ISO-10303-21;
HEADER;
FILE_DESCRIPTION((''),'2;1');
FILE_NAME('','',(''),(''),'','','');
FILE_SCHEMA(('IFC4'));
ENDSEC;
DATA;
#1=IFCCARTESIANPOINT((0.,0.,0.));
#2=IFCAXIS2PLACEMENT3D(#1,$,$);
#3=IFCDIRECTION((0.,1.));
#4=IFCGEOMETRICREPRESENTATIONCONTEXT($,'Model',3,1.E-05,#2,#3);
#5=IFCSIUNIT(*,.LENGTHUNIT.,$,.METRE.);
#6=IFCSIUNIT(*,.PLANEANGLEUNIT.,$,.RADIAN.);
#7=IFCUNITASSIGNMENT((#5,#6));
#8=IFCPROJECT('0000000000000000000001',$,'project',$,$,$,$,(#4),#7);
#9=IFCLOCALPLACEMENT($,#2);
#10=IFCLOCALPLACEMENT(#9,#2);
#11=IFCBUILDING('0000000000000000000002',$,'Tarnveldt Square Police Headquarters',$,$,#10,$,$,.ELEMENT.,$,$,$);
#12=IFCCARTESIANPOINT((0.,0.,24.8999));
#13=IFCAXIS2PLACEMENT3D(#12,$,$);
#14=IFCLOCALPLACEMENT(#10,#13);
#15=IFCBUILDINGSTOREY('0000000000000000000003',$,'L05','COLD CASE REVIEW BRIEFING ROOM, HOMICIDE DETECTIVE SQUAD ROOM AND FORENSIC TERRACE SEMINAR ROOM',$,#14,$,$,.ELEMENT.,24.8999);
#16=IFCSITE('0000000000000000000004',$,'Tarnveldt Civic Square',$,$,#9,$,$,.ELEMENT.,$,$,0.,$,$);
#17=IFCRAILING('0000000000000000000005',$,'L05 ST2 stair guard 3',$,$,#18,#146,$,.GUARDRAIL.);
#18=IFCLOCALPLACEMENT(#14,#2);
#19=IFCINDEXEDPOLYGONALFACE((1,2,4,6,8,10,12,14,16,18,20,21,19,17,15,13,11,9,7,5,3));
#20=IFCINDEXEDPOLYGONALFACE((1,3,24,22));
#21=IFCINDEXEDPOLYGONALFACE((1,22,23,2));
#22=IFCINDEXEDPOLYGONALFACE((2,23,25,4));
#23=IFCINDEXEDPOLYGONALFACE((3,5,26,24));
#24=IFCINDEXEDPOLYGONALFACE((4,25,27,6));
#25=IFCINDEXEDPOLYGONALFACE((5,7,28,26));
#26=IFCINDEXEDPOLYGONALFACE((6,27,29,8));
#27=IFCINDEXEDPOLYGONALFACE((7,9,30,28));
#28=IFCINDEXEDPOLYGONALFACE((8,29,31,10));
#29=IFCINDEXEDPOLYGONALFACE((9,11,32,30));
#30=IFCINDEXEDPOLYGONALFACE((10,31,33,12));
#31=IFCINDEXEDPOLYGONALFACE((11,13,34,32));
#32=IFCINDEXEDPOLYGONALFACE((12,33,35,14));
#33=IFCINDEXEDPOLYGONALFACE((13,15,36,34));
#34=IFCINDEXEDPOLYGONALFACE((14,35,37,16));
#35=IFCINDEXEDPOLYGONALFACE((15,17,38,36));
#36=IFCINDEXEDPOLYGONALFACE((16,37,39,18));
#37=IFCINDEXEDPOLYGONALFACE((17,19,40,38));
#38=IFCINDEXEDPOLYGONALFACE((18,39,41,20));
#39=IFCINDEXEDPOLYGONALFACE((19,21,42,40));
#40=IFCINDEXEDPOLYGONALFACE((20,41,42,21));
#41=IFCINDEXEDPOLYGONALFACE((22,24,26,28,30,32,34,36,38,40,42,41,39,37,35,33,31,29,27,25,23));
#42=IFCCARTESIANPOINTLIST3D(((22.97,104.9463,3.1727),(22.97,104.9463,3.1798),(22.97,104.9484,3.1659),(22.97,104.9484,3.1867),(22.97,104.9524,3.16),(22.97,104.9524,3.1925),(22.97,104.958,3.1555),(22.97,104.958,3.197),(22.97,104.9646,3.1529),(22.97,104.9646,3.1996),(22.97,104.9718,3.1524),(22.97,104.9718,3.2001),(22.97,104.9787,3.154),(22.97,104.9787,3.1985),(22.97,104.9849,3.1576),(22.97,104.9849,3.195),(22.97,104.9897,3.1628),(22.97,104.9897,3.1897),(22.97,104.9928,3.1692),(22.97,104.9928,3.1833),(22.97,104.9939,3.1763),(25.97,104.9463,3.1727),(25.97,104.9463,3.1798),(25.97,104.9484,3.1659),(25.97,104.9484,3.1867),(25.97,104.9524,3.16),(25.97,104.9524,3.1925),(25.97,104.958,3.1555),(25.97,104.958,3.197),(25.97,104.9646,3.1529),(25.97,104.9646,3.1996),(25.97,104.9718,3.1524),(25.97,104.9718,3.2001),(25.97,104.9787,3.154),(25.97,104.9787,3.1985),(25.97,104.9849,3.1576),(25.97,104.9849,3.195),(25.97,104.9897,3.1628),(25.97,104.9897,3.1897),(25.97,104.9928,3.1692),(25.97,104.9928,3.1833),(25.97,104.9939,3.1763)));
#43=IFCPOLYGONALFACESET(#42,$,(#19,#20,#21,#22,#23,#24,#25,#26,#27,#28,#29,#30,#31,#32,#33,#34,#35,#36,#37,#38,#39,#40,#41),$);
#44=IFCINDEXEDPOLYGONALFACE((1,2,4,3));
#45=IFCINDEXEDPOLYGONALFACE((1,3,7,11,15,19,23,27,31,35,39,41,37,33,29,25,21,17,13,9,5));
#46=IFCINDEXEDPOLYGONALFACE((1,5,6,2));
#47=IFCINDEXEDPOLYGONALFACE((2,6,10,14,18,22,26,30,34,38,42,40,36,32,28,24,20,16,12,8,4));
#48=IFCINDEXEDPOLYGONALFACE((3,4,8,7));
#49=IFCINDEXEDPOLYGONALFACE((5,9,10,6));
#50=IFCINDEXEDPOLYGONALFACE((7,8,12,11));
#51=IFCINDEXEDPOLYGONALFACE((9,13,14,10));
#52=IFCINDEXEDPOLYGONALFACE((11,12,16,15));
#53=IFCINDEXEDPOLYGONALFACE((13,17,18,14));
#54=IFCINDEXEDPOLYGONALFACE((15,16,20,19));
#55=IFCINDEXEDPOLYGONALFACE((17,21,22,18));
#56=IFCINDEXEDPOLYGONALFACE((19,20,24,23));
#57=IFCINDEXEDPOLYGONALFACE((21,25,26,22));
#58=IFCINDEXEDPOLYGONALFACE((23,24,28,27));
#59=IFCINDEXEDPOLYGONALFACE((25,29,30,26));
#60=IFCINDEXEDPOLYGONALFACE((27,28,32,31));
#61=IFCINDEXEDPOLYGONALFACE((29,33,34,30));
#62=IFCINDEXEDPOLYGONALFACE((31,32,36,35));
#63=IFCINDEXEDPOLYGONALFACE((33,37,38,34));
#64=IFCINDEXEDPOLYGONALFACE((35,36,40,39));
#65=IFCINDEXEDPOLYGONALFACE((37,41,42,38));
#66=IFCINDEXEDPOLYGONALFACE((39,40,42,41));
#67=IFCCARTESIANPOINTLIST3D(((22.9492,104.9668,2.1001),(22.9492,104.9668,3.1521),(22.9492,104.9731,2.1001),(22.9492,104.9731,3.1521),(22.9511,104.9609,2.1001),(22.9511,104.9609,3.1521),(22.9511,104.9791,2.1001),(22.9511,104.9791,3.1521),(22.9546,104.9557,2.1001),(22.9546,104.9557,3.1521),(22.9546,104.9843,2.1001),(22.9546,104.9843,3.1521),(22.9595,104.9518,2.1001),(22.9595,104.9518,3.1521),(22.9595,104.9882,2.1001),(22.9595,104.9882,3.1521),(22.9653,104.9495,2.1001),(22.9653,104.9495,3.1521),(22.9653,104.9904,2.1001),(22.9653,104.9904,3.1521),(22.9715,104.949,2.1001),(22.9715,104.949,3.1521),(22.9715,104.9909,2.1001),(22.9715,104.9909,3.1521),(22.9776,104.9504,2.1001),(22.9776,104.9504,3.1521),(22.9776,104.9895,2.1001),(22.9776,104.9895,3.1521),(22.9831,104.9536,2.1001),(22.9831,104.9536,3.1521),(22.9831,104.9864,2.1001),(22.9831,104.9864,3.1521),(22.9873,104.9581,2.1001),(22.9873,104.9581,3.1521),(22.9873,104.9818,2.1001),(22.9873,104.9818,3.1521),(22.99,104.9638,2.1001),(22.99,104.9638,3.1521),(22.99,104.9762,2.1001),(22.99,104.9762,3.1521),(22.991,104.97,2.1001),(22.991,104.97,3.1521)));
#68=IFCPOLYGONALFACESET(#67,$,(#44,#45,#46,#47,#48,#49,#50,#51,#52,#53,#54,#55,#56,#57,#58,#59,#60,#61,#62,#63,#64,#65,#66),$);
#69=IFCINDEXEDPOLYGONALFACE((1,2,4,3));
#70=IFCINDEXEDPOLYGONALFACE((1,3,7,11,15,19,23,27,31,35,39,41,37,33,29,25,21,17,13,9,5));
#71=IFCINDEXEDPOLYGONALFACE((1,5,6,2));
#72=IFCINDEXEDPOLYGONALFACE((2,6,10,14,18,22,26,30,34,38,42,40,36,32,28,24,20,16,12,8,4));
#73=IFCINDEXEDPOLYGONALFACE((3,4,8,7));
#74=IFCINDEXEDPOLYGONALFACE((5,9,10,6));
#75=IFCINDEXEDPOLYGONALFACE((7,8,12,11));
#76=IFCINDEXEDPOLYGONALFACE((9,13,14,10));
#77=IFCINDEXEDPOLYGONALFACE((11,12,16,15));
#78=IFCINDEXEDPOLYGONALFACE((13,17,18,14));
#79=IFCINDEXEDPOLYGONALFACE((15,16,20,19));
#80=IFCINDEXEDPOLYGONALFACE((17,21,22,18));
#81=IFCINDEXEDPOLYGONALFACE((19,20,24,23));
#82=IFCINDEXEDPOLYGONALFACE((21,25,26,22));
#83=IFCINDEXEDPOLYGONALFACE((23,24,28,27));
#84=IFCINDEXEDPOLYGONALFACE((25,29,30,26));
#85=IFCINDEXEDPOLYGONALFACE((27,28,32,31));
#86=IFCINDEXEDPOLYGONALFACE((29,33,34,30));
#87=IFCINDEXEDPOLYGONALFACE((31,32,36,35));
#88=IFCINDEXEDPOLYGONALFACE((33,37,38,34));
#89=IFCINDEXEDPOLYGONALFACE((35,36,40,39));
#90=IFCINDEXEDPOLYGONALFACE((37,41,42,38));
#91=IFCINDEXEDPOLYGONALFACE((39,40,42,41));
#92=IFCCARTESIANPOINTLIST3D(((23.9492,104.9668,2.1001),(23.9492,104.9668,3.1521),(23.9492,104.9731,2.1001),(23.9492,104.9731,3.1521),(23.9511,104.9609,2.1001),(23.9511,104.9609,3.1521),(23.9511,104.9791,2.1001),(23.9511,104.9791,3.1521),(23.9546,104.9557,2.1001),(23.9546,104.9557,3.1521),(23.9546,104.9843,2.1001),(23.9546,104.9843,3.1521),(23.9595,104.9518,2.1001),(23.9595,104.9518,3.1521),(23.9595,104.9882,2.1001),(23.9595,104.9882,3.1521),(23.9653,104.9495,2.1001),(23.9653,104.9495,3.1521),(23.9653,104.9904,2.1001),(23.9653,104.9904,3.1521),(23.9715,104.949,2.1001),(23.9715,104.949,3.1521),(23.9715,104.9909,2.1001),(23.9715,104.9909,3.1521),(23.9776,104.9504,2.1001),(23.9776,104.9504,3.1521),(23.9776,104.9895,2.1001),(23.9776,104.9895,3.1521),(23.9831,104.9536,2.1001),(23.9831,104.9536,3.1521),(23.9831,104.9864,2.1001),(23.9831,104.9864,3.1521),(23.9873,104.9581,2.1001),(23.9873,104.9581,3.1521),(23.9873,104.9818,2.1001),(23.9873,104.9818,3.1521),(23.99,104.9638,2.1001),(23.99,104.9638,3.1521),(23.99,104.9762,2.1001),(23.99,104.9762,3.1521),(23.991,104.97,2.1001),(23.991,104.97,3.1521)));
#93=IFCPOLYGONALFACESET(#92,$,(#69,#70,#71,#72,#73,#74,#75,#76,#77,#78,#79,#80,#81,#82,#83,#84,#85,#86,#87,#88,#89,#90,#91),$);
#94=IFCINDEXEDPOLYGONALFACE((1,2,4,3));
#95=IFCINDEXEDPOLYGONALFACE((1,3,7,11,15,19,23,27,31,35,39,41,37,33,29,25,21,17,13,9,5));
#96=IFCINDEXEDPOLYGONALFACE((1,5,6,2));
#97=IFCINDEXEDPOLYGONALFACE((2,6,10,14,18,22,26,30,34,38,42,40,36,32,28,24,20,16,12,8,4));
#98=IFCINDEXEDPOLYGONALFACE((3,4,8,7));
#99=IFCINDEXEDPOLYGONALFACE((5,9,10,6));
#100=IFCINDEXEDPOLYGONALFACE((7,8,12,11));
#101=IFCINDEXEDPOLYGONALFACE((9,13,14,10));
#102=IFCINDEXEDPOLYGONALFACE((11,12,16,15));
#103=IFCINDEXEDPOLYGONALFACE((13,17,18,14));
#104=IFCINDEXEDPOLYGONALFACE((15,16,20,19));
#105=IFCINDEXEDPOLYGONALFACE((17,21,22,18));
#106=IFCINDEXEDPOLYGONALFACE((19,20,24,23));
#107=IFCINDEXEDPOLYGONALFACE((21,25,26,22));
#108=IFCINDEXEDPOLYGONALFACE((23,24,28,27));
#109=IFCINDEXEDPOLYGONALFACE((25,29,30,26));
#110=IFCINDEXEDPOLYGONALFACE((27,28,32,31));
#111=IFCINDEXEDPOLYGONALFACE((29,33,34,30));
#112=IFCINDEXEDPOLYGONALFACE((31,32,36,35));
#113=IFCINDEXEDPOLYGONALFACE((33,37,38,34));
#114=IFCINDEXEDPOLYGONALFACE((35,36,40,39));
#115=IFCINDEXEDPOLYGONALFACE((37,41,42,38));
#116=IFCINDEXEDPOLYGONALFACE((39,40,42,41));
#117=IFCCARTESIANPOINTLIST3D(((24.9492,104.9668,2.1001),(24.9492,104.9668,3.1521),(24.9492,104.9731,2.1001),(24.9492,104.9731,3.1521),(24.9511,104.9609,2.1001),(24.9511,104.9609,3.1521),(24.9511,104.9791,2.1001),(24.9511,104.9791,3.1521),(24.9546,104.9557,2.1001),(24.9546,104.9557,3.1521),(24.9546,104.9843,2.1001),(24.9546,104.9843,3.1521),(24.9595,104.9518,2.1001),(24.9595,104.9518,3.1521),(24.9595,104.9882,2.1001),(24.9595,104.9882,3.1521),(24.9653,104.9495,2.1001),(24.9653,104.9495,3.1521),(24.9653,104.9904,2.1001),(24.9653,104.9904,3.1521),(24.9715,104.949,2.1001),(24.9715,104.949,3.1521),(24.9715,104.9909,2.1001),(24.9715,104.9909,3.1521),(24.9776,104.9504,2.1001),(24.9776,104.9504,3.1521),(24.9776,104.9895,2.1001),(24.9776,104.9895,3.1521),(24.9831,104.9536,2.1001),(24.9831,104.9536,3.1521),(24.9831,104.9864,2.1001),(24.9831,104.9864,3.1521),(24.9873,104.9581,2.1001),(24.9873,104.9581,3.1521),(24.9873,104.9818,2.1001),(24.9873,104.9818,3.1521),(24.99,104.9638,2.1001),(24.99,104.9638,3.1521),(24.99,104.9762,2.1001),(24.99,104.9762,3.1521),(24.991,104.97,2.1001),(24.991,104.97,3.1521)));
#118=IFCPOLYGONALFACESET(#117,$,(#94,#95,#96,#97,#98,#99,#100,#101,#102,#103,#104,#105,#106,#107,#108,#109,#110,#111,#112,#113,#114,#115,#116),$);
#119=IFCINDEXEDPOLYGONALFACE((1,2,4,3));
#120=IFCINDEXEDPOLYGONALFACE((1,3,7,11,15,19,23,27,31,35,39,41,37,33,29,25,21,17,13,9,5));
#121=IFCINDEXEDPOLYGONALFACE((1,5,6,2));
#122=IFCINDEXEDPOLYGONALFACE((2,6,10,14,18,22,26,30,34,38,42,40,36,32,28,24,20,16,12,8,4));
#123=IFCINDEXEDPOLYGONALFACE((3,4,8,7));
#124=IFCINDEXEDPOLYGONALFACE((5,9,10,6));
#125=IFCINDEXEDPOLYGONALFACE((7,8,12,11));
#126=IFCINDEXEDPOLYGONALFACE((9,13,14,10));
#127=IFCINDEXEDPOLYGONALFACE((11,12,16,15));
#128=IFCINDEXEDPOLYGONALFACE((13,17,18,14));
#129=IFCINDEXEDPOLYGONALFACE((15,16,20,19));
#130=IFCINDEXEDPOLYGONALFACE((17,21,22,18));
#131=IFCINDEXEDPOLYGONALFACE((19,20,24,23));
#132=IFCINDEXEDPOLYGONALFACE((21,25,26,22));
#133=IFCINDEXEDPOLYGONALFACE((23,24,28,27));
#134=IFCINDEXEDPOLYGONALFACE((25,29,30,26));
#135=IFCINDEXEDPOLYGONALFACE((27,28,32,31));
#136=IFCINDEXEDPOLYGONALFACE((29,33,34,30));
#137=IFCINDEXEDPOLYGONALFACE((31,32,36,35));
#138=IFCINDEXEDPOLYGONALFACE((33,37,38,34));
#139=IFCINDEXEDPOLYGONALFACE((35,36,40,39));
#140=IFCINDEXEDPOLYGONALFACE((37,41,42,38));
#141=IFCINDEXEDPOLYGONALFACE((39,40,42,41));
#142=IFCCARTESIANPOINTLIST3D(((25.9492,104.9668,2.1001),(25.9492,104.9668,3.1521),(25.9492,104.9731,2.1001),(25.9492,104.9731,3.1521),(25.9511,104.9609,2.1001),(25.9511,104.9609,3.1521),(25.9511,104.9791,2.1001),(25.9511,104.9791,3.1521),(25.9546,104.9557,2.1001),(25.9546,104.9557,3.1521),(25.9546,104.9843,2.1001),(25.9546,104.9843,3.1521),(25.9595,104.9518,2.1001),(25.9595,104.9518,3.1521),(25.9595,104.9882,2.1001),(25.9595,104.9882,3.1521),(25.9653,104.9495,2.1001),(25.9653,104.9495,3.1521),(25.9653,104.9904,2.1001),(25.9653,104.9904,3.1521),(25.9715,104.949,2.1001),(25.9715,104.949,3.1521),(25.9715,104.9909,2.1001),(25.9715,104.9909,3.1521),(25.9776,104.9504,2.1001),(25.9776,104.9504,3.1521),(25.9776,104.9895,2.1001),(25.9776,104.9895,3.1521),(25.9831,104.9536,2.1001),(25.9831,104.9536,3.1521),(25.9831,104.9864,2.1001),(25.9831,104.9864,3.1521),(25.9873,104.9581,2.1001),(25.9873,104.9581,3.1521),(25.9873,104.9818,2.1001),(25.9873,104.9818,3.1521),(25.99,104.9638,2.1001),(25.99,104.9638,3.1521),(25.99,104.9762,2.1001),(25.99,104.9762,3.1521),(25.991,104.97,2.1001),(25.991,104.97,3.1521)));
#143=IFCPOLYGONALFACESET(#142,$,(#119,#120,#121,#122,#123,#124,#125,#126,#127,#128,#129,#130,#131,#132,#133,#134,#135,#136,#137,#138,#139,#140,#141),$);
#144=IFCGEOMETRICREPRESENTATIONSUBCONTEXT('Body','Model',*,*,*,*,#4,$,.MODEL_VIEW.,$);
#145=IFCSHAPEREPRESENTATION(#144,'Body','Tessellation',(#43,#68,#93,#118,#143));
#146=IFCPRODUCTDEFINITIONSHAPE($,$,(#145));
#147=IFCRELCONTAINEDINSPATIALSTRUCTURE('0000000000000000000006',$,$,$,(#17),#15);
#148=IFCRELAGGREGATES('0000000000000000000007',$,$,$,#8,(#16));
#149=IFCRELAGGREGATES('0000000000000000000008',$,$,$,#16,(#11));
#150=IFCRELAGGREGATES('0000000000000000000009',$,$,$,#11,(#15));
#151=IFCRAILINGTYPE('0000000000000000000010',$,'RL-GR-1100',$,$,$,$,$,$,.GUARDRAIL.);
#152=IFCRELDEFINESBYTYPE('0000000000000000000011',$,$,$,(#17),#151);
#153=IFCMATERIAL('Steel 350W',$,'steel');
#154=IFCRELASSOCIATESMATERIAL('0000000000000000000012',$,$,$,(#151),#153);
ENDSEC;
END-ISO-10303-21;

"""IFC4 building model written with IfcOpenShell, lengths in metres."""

from ifc_helpers import new_model, si_unit, direction, frame, origin, origin_2d, place, context, subcontext, project, spatial, circle, extrude, material, type_object, element, save


model = new_model("IFC4")

# Units and contexts
model_context = context("Model", 3, precision=1e-05, world=origin(), true_north=direction((0.0, 1.0)))
body_context = subcontext(model_context, "Body", "Model", "MODEL_VIEW")
ifc_project = project(units=[si_unit("LENGTHUNIT", "METRE"), si_unit("PLANEANGLEUNIT", "RADIAN")], contexts=[model_context])

# Site, building, storey
site_placement = place(None, origin())
site = spatial("IfcSite", under=ifc_project, at=site_placement, Name="Tarnveldt Civic Square", CompositionType="ELEMENT", RefElevation=0.0)
building_placement = place(site_placement, origin())
building = spatial("IfcBuilding", under=site, at=building_placement, Name="Tarnveldt Square Police Headquarters", CompositionType="ELEMENT")
storey_placement = place(building_placement, frame((0.0, 0.0, 24.8999)))
storey = spatial("IfcBuildingStorey", under=building, at=storey_placement, Name="L05", Description="COLD CASE REVIEW BRIEFING ROOM, HOMICIDE DETECTIVE SQUAD ROOM AND FORENSIC TERRACE SEMINAR ROOM", CompositionType="ELEMENT", Elevation=24.8999)

# Shared definitions
ifc_material_1 = material(Name="Steel 350W", Category="steel")

# Railing
railing_type_1 = type_object("IfcRailingType", Name="RL-GR-1100", PredefinedType="GUARDRAIL", material=ifc_material_1)
railing_1_placement = place(storey_placement, frame((22.97, 104.97, 2.1001)))
element("IfcRailing", 1, at=railing_1_placement, inside=storey, type_object=railing_type_1, Name="L05 ST2 stair guard 3", PredefinedType="GUARDRAIL", context=body_context, shape_type="SweptSolid", body=[
    extrude(circle(Radius=0.0239, at=origin_2d()), frame((0.0, 0.0, 1.0762), z_axis=(1.0, 0.0, 0.0), x_axis=(0.0, 1.0, 0.0)), (0.0, 0.0, 1.0), 3.0),
    extrude(circle(Radius=0.021, at=origin_2d()), origin(), (0.0, 0.0, 1.0), 1.052),
    extrude(circle(Radius=0.021, at=origin_2d()), frame((1.0, 0.0, 0.0)), (0.0, 0.0, 1.0), 1.052),
    extrude(circle(Radius=0.021, at=origin_2d()), frame((2.0, 0.0, 0.0)), (0.0, 0.0, 1.0), 1.052),
    extrude(circle(Radius=0.021, at=origin_2d()), frame((3.0, 0.0, 0.0)), (0.0, 0.0, 1.0), 1.052),
])

save(model, "model.ifc")
